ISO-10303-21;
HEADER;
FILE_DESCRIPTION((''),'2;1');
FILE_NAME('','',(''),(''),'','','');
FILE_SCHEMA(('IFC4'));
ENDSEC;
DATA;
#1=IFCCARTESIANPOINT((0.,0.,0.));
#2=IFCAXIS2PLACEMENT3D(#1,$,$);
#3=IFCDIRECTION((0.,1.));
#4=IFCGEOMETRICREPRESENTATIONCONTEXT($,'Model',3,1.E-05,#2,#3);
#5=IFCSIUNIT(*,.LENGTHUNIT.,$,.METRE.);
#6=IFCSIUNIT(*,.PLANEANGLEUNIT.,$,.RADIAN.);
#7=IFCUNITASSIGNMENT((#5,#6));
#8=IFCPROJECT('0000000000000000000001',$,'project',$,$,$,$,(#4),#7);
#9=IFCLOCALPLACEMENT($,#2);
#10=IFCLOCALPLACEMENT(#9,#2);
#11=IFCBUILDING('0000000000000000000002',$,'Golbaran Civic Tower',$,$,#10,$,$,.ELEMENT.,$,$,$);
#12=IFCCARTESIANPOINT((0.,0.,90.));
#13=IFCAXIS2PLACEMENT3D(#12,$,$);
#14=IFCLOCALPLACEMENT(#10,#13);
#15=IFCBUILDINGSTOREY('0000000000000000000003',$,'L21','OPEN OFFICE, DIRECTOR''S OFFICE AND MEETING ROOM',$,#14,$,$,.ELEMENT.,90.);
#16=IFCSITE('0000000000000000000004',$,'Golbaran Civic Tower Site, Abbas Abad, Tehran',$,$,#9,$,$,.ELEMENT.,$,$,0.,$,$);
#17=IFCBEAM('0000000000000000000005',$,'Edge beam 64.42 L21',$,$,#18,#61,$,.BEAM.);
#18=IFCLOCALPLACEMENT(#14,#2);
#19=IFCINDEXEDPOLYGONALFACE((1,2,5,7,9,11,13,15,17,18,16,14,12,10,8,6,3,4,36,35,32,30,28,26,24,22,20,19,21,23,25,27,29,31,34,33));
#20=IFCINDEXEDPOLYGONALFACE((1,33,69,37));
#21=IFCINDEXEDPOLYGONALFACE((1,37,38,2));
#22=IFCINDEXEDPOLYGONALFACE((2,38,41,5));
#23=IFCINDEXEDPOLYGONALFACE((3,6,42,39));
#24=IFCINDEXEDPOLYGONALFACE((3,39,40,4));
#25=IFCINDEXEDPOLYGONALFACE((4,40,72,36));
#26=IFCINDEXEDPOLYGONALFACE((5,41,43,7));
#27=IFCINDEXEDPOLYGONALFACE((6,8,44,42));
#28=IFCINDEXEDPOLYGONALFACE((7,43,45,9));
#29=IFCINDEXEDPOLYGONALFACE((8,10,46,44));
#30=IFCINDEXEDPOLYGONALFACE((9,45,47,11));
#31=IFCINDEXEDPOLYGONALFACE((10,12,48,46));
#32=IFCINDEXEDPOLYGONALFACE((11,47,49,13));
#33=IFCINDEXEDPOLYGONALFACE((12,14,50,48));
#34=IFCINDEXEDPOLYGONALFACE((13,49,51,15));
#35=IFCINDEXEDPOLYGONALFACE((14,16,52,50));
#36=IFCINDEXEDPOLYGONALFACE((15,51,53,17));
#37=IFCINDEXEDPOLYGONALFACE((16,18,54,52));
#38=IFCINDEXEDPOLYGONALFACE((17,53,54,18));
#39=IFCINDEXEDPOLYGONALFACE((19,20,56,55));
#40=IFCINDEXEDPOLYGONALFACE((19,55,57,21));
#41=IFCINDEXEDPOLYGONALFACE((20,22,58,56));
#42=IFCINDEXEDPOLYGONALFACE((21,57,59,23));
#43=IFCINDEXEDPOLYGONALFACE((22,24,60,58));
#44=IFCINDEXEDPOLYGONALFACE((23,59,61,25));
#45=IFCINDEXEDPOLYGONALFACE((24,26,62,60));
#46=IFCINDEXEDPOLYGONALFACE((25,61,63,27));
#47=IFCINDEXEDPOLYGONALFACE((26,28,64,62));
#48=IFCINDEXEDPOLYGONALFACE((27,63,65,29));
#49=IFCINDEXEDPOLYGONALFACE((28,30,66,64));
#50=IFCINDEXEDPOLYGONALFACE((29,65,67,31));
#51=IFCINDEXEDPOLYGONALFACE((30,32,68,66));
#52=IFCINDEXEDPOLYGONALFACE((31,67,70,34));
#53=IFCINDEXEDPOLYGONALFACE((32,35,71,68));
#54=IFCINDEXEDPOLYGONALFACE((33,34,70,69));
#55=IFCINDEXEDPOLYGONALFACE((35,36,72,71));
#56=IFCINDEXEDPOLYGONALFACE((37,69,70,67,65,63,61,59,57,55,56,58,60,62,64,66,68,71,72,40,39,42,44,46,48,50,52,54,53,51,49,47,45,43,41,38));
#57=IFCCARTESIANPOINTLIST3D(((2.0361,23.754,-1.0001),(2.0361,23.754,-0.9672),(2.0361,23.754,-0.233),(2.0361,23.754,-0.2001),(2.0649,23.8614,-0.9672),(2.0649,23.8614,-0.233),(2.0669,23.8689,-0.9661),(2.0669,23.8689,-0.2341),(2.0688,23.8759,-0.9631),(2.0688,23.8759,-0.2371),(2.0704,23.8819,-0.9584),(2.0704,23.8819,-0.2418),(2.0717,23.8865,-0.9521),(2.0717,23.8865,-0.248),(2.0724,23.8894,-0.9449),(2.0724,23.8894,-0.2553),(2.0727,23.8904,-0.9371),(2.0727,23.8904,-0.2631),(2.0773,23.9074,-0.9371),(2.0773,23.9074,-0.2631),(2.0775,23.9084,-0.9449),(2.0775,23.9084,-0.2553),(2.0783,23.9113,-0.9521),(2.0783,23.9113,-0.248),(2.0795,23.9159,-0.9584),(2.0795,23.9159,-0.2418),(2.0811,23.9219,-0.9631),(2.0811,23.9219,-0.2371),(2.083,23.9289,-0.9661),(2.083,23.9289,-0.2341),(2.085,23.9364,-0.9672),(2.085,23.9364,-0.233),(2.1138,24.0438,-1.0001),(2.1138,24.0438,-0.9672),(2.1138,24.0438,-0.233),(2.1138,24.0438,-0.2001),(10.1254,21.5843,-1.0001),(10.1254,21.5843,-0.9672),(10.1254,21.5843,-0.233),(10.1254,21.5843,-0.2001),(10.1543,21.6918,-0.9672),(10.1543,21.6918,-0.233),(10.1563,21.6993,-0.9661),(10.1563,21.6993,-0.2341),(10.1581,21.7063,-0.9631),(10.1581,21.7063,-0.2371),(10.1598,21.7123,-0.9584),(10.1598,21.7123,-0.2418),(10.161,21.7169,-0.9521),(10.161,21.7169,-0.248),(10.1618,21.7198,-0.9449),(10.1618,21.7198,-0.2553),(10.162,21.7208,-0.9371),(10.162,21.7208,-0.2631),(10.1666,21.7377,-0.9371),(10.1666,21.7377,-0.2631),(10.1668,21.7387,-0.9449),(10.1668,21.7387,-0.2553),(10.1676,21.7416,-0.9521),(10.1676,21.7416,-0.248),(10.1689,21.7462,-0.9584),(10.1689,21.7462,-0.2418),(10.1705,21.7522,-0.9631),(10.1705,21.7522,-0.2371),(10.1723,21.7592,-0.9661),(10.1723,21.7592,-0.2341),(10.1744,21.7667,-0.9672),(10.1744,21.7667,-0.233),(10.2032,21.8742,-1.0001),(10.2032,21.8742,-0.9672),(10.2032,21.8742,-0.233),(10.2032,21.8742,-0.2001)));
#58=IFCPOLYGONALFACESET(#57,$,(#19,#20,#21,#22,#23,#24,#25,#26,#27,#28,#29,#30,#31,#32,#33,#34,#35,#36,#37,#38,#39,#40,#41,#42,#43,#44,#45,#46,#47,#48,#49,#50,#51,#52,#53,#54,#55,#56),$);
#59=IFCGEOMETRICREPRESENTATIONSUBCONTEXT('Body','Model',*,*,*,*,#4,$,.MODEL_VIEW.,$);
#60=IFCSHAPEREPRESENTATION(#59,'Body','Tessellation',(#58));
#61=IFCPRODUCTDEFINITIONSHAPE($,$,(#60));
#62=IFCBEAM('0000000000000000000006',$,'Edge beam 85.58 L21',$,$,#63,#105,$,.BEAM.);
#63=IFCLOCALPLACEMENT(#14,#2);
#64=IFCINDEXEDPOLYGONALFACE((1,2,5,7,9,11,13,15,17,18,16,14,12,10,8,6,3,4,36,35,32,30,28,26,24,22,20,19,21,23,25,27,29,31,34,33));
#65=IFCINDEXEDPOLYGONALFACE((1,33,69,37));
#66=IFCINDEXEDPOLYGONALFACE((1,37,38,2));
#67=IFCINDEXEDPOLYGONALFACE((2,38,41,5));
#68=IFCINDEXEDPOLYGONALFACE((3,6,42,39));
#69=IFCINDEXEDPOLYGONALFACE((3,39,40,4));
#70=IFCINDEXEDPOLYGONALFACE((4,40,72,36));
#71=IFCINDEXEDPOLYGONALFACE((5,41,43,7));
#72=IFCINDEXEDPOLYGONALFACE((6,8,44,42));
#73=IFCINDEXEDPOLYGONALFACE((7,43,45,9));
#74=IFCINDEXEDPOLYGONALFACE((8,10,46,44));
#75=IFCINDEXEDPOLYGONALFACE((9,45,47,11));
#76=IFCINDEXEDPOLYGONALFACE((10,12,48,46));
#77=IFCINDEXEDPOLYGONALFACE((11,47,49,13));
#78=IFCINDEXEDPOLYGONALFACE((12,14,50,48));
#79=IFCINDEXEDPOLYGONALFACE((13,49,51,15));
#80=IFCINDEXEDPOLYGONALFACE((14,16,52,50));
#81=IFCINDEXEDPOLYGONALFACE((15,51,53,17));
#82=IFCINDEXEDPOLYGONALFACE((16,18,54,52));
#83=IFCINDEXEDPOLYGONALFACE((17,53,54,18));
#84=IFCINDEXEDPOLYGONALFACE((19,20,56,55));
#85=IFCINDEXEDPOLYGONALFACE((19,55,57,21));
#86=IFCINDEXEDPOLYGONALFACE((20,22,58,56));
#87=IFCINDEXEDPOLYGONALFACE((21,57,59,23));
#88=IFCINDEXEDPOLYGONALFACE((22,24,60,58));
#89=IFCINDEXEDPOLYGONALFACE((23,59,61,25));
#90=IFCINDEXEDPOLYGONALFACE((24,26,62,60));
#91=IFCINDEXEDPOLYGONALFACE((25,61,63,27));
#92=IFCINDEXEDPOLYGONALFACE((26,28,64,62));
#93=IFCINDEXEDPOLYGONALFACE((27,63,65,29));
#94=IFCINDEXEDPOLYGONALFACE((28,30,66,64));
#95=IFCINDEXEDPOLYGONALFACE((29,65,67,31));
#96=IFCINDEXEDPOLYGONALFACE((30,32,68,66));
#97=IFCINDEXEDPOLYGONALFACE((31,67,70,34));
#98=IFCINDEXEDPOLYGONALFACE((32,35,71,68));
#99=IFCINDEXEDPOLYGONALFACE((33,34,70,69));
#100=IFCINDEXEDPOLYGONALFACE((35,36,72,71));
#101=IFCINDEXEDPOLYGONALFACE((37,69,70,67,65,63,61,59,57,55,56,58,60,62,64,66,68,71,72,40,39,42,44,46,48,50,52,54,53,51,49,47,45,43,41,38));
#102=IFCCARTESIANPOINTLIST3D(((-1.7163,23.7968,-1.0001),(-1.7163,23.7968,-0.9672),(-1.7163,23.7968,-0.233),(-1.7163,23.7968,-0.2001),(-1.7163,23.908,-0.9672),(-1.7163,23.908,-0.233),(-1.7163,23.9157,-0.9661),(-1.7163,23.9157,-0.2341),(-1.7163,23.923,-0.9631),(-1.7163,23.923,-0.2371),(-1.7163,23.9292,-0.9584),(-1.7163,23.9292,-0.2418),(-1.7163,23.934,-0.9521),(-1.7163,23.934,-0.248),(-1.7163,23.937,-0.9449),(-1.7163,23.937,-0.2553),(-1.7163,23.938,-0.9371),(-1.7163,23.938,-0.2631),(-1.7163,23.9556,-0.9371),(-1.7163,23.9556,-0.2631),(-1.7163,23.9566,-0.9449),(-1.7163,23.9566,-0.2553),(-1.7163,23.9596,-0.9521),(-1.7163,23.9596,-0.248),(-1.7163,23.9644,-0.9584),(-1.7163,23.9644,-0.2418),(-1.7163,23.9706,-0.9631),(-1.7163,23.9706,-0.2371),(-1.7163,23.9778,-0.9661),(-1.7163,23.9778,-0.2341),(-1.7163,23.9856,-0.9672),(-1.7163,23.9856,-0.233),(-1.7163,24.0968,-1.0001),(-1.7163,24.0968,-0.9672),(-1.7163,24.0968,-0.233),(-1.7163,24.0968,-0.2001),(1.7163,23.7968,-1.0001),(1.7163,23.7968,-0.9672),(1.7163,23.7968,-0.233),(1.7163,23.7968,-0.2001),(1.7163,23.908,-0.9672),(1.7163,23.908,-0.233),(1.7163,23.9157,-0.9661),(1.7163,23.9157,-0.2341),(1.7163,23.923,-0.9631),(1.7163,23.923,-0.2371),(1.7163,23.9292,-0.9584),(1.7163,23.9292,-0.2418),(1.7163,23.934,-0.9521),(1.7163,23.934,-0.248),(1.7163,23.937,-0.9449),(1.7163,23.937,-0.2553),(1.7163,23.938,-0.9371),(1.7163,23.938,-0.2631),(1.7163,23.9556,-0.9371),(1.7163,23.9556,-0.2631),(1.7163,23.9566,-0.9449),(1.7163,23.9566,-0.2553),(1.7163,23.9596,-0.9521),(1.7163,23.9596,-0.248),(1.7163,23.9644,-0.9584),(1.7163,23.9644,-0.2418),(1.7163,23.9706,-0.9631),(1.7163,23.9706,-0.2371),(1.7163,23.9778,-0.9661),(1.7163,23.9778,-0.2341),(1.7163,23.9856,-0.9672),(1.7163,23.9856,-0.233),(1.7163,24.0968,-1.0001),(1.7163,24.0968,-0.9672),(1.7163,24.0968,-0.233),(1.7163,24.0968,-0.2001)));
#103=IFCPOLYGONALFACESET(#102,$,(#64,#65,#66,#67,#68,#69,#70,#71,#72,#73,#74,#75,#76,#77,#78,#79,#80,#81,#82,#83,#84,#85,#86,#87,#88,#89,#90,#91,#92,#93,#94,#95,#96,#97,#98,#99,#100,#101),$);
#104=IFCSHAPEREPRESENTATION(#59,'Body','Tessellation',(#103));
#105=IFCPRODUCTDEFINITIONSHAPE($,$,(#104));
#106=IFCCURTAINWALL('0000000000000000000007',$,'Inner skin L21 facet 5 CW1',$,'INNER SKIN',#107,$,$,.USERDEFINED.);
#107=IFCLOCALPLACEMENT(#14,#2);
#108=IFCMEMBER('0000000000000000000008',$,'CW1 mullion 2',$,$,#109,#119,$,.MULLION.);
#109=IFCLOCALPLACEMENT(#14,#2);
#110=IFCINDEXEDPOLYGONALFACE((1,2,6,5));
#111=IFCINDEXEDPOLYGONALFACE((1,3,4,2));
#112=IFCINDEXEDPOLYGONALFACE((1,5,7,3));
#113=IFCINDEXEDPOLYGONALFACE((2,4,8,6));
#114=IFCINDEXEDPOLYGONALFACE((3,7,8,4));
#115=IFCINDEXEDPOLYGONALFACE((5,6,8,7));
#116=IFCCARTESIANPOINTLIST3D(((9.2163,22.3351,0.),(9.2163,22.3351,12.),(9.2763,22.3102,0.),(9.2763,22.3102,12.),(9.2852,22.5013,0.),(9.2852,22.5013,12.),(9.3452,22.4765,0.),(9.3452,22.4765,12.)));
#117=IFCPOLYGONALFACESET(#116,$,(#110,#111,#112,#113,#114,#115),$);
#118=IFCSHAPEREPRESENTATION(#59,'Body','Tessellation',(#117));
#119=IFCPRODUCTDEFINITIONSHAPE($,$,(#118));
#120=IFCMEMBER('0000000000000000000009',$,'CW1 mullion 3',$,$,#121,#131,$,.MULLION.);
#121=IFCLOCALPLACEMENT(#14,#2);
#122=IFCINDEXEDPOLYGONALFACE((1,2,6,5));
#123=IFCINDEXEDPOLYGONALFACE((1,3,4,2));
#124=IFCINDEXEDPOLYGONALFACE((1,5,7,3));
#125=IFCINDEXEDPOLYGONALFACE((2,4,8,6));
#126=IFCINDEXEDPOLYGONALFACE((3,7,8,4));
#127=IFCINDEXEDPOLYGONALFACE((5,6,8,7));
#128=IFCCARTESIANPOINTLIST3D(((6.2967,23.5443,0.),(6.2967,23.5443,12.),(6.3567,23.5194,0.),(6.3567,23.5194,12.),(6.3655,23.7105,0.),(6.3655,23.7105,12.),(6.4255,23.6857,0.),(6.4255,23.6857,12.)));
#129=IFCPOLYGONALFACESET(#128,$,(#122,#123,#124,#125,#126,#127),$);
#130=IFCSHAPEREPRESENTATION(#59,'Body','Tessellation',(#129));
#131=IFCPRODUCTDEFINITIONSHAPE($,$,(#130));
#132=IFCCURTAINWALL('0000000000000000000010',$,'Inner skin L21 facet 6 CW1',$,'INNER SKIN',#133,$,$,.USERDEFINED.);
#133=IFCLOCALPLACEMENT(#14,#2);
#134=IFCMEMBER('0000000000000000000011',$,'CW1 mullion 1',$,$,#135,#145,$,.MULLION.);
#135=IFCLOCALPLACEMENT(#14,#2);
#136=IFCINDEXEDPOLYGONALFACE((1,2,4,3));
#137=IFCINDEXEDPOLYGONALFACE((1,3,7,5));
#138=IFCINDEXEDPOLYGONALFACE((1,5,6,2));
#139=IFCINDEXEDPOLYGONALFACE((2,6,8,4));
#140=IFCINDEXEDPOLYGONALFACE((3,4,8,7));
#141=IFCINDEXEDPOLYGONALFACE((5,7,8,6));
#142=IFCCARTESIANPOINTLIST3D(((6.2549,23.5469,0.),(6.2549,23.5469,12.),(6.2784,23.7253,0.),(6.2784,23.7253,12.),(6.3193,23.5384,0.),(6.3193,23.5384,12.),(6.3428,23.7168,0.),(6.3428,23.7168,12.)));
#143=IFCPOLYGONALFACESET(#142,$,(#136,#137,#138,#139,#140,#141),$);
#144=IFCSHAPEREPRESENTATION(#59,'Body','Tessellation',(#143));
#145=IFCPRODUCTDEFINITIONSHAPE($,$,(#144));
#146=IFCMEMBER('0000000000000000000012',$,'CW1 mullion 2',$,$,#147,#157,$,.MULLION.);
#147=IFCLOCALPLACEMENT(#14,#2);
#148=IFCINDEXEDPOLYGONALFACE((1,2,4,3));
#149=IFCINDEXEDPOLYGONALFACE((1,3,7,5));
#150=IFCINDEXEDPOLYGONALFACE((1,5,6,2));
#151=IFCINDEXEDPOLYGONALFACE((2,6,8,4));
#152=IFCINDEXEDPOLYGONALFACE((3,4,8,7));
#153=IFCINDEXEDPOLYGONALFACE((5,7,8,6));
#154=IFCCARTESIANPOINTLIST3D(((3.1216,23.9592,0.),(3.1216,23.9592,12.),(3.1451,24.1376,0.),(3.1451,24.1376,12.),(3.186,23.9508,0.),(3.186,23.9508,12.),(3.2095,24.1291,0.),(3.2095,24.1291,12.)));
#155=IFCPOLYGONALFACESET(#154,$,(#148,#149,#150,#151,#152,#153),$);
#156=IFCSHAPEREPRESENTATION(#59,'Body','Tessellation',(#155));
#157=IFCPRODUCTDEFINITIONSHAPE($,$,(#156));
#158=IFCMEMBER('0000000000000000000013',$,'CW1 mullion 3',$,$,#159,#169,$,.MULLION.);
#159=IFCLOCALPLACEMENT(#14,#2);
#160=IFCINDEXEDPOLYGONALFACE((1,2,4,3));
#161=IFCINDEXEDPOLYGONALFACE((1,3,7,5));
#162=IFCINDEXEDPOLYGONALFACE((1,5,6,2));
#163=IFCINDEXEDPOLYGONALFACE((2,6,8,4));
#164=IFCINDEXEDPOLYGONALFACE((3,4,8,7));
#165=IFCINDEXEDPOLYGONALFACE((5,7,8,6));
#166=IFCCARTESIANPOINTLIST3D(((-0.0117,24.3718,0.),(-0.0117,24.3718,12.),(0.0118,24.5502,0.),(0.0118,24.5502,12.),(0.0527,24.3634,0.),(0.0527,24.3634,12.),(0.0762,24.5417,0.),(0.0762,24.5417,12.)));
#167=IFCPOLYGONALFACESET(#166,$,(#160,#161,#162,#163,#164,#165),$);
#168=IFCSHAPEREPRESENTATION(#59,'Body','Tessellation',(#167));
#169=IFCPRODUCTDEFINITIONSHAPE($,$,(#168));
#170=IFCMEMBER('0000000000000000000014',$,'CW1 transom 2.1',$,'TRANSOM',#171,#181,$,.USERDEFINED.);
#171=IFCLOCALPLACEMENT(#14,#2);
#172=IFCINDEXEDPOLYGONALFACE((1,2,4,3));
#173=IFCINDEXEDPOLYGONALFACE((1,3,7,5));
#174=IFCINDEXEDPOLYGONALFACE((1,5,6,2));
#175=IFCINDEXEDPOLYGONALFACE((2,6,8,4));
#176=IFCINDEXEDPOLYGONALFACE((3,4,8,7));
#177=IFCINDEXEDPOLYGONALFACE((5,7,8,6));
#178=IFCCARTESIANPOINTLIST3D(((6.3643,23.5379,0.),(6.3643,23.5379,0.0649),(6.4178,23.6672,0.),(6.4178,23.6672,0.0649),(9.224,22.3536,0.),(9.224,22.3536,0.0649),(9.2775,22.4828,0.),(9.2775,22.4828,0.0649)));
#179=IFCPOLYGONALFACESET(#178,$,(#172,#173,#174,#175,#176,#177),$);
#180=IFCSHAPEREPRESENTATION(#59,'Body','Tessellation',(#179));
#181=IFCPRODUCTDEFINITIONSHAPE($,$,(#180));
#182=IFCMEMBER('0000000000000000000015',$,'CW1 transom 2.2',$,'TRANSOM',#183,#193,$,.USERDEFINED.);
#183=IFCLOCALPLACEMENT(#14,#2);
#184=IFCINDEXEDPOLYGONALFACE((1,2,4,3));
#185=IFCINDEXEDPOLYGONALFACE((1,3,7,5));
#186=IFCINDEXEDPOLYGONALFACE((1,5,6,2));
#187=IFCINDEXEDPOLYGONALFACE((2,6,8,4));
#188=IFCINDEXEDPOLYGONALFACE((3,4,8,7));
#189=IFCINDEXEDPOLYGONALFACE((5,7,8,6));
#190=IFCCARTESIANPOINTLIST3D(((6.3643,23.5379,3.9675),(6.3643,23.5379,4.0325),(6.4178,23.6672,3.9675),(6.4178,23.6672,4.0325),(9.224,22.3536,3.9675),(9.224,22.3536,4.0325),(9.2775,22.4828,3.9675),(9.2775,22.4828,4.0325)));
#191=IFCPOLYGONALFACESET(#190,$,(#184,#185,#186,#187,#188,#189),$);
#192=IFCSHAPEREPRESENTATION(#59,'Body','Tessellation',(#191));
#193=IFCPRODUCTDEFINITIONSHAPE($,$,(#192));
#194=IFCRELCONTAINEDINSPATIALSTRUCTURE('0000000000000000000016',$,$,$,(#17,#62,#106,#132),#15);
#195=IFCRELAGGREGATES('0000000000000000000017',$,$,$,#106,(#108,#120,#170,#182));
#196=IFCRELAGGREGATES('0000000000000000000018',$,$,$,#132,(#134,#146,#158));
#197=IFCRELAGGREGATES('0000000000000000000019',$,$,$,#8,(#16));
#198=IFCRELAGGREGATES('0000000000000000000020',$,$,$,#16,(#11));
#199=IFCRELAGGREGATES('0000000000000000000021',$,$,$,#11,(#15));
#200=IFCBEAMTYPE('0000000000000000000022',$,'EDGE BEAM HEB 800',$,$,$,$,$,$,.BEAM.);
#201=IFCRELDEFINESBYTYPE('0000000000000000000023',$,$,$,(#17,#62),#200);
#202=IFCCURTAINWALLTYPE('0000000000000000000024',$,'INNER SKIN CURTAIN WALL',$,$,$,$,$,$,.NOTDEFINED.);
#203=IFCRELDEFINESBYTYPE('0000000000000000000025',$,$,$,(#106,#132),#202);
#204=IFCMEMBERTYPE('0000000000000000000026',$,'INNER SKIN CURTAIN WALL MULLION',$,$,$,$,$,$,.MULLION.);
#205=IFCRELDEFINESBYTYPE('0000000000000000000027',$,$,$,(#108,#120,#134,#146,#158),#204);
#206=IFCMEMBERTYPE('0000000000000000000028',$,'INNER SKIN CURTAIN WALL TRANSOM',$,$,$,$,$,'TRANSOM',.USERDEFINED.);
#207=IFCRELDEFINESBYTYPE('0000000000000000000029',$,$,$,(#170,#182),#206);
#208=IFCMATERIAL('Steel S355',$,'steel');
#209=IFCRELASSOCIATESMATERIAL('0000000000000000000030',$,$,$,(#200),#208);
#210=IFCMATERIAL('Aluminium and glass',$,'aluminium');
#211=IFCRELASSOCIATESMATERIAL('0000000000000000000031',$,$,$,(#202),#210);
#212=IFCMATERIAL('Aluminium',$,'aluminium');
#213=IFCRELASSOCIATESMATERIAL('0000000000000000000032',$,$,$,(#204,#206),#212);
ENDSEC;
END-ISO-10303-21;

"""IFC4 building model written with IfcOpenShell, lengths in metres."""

from ifc_helpers import new_model, si_unit, direction, frame, origin, origin_2d, place, context, subcontext, project, spatial, rectangle, i_section, extrude, material, material_profile, profile_set, type_object, element, aggregate, save


model = new_model("IFC4")

# Units and contexts
model_context = context("Model", 3, precision=1e-05, world=origin(), true_north=direction((0.0, 1.0)))
body_context = subcontext(model_context, "Body", "Model", "MODEL_VIEW")
ifc_project = project(units=[si_unit("LENGTHUNIT", "METRE"), si_unit("PLANEANGLEUNIT", "RADIAN")], contexts=[model_context])

# Site, building, storey
site_placement = place(None, origin())
site = spatial("IfcSite", under=ifc_project, at=site_placement, Name="Golbaran Civic Tower Site, Abbas Abad, Tehran", CompositionType="ELEMENT", RefElevation=0.0)
building_placement = place(site_placement, origin())
building = spatial("IfcBuilding", under=site, at=building_placement, Name="Golbaran Civic Tower", CompositionType="ELEMENT")
storey_placement = place(building_placement, frame((0.0, 0.0, 90.0)))
storey = spatial("IfcBuildingStorey", under=building, at=storey_placement, Name="L21", Description="OPEN OFFICE, DIRECTOR'S OFFICE AND MEETING ROOM", CompositionType="ELEMENT", Elevation=90.0)

# Beams
ifc_material_1 = material(Name="Steel S355", Category="steel")
ifc_material_profile_1 = material_profile(ifc_material_1, i_section(OverallWidth=0.3, OverallDepth=0.8, WebThickness=0.0176, FlangeThickness=0.033, FilletRadius=0.03, at=origin_2d()), Name="HEB 800")
ifc_profile_set_1 = profile_set([ifc_material_profile_1], Name="Steel S355")
beam_type = type_object("IfcBeamType", Name="EDGE BEAM HEB 800", PredefinedType="BEAM", material=ifc_profile_set_1)
beam_1_placement = place(storey_placement, frame((10.1643, 21.7292, -0.6001), z_axis=(-0.965862, 0.259058, 0.0), x_axis=(-0.259058, -0.965862, 0.0)))
element("IfcBeam", 1, at=beam_1_placement, inside=storey, type_object=beam_type, Name="Edge beam 64.42 L21", PredefinedType="BEAM", context=body_context, shape_type="SweptSolid", body=[
    extrude(i_section(OverallWidth=0.3, OverallDepth=0.8, WebThickness=0.0176, FlangeThickness=0.033, FilletRadius=0.03, at=origin_2d()), origin(), (0.0, 0.0, 1.0), 8.3752),
])
beam_2_placement = place(storey_placement, frame((1.7163, 23.9468, -0.6001), z_axis=(-1.0, 0.0, 0.0), x_axis=(0.0, -1.0, 0.0)))
element("IfcBeam", 2, at=beam_2_placement, inside=storey, type_object=beam_type, Name="Edge beam 85.58 L21", PredefinedType="BEAM", context=body_context, shape_type="SweptSolid", body=[
    extrude(i_section(OverallWidth=0.3, OverallDepth=0.8, WebThickness=0.0176, FlangeThickness=0.033, FilletRadius=0.03, at=origin_2d()), origin(), (0.0, 0.0, 1.0), 3.4326),
])

# Curtain walls, members
ifc_material_2 = material(Name="Aluminium and glass", Category="aluminium")
curtain_wall_type = type_object("IfcCurtainWallType", Name="INNER SKIN CURTAIN WALL", PredefinedType="NOTDEFINED", material=ifc_material_2)
curtain_wall_1_placement = place(storey_placement, origin())
curtain_wall_1 = element("IfcCurtainWall", 3, at=curtain_wall_1_placement, inside=storey, type_object=curtain_wall_type, Name="Inner skin L21 facet 5 CW1", ObjectType="INNER SKIN", PredefinedType="USERDEFINED")
ifc_material_3 = material(Name="Aluminium", Category="aluminium")
ifc_material_profile_2 = material_profile(ifc_material_3, rectangle(XDim=0.1799, YDim=0.0649, at=origin_2d()), Name="INNER SKIN CURTAIN WALL MULLION")
ifc_profile_set_2 = profile_set([ifc_material_profile_2], Name="Aluminium")
member_type_1 = type_object("IfcMemberType", Name="INNER SKIN CURTAIN WALL MULLION", PredefinedType="MULLION", material=ifc_profile_set_2)
member_1_placement = place(storey_placement, frame((9.2808, 22.4058, 0.0), z_axis=(0.0, 0.0, 1.0), x_axis=(-0.382683, -0.92388, 0.0)))
member_1 = element("IfcMember", 4, at=member_1_placement, type_object=member_type_1, Name="CW1 mullion 2", PredefinedType="MULLION", context=body_context, shape_type="SweptSolid", body=[
    extrude(rectangle(XDim=0.1799, YDim=0.0649, at=origin_2d()), origin(), (0.0, 0.0, 1.0), 12.0),
])
member_2_placement = place(storey_placement, frame((6.3611, 23.615, 0.0), z_axis=(0.0, 0.0, 1.0), x_axis=(-0.382683, -0.92388, 0.0)))
member_2 = element("IfcMember", 5, at=member_2_placement, type_object=member_type_1, Name="CW1 mullion 3", PredefinedType="MULLION", context=body_context, shape_type="SweptSolid", body=[
    extrude(rectangle(XDim=0.1799, YDim=0.0649, at=origin_2d()), origin(), (0.0, 0.0, 1.0), 12.0),
])
curtain_wall_2_placement = place(storey_placement, origin())
curtain_wall_2 = element("IfcCurtainWall", 6, at=curtain_wall_2_placement, inside=storey, type_object=curtain_wall_type, Name="Inner skin L21 facet 6 CW1", ObjectType="INNER SKIN", PredefinedType="USERDEFINED")
member_3_placement = place(storey_placement, frame((6.2988, 23.6318, 0.0), z_axis=(0.0, 0.0, 1.0), x_axis=(-0.130526, -0.991445, 0.0)))
member_3 = element("IfcMember", 7, at=member_3_placement, type_object=member_type_1, Name="CW1 mullion 1", PredefinedType="MULLION", context=body_context, shape_type="SweptSolid", body=[
    extrude(rectangle(XDim=0.1799, YDim=0.0649, at=origin_2d()), origin(), (0.0, 0.0, 1.0), 12.0),
])
member_4_placement = place(storey_placement, frame((3.1655, 24.0442, 0.0), z_axis=(0.0, 0.0, 1.0), x_axis=(-0.130526, -0.991445, 0.0)))
member_4 = element("IfcMember", 8, at=member_4_placement, type_object=member_type_1, Name="CW1 mullion 2", PredefinedType="MULLION", context=body_context, shape_type="SweptSolid", body=[
    extrude(rectangle(XDim=0.1799, YDim=0.0649, at=origin_2d()), origin(), (0.0, 0.0, 1.0), 12.0),
])
member_5_placement = place(storey_placement, frame((0.0322, 24.4568, 0.0), z_axis=(0.0, 0.0, 1.0), x_axis=(-0.130526, -0.991445, 0.0)))
member_5 = element("IfcMember", 9, at=member_5_placement, type_object=member_type_1, Name="CW1 mullion 3", PredefinedType="MULLION", context=body_context, shape_type="SweptSolid", body=[
    extrude(rectangle(XDim=0.1799, YDim=0.0649, at=origin_2d()), origin(), (0.0, 0.0, 1.0), 12.0),
])

# Members
ifc_material_profile_3 = material_profile(ifc_material_3, rectangle(XDim=0.1399, YDim=0.0649, at=origin_2d()), Name="INNER SKIN CURTAIN WALL TRANSOM")
ifc_profile_set_3 = profile_set([ifc_material_profile_3], Name="Aluminium")
member_type_2 = type_object("IfcMemberType", Name="INNER SKIN CURTAIN WALL TRANSOM", ElementType="TRANSOM", PredefinedType="USERDEFINED", material=ifc_profile_set_3)
member_6_placement = place(storey_placement, frame((9.2507, 22.4182, 0.0325), z_axis=(-0.923899, 0.382637, 0.0), x_axis=(-0.382637, -0.923899, 0.0)))
member_6 = element("IfcMember", 10, at=member_6_placement, type_object=member_type_2, Name="CW1 transom 2.1", ObjectType="TRANSOM", PredefinedType="USERDEFINED", context=body_context, shape_type="SweptSolid", body=[
    extrude(rectangle(XDim=0.1399, YDim=0.0649, at=origin_2d()), origin(), (0.0, 0.0, 1.0), 3.0952),
])
member_7_placement = place(storey_placement, frame((9.2507, 22.4182, 4.0), z_axis=(-0.923899, 0.382637, 0.0), x_axis=(-0.382637, -0.923899, 0.0)))
member_7 = element("IfcMember", 11, at=member_7_placement, type_object=member_type_2, Name="CW1 transom 2.2", ObjectType="TRANSOM", PredefinedType="USERDEFINED", context=body_context, shape_type="SweptSolid", body=[
    extrude(rectangle(XDim=0.1399, YDim=0.0649, at=origin_2d()), origin(), (0.0, 0.0, 1.0), 3.0952),
])

aggregate(curtain_wall_1, [member_1, member_2, member_6, member_7])
aggregate(curtain_wall_2, [member_3, member_4, member_5])

save(model, "model.ifc")
